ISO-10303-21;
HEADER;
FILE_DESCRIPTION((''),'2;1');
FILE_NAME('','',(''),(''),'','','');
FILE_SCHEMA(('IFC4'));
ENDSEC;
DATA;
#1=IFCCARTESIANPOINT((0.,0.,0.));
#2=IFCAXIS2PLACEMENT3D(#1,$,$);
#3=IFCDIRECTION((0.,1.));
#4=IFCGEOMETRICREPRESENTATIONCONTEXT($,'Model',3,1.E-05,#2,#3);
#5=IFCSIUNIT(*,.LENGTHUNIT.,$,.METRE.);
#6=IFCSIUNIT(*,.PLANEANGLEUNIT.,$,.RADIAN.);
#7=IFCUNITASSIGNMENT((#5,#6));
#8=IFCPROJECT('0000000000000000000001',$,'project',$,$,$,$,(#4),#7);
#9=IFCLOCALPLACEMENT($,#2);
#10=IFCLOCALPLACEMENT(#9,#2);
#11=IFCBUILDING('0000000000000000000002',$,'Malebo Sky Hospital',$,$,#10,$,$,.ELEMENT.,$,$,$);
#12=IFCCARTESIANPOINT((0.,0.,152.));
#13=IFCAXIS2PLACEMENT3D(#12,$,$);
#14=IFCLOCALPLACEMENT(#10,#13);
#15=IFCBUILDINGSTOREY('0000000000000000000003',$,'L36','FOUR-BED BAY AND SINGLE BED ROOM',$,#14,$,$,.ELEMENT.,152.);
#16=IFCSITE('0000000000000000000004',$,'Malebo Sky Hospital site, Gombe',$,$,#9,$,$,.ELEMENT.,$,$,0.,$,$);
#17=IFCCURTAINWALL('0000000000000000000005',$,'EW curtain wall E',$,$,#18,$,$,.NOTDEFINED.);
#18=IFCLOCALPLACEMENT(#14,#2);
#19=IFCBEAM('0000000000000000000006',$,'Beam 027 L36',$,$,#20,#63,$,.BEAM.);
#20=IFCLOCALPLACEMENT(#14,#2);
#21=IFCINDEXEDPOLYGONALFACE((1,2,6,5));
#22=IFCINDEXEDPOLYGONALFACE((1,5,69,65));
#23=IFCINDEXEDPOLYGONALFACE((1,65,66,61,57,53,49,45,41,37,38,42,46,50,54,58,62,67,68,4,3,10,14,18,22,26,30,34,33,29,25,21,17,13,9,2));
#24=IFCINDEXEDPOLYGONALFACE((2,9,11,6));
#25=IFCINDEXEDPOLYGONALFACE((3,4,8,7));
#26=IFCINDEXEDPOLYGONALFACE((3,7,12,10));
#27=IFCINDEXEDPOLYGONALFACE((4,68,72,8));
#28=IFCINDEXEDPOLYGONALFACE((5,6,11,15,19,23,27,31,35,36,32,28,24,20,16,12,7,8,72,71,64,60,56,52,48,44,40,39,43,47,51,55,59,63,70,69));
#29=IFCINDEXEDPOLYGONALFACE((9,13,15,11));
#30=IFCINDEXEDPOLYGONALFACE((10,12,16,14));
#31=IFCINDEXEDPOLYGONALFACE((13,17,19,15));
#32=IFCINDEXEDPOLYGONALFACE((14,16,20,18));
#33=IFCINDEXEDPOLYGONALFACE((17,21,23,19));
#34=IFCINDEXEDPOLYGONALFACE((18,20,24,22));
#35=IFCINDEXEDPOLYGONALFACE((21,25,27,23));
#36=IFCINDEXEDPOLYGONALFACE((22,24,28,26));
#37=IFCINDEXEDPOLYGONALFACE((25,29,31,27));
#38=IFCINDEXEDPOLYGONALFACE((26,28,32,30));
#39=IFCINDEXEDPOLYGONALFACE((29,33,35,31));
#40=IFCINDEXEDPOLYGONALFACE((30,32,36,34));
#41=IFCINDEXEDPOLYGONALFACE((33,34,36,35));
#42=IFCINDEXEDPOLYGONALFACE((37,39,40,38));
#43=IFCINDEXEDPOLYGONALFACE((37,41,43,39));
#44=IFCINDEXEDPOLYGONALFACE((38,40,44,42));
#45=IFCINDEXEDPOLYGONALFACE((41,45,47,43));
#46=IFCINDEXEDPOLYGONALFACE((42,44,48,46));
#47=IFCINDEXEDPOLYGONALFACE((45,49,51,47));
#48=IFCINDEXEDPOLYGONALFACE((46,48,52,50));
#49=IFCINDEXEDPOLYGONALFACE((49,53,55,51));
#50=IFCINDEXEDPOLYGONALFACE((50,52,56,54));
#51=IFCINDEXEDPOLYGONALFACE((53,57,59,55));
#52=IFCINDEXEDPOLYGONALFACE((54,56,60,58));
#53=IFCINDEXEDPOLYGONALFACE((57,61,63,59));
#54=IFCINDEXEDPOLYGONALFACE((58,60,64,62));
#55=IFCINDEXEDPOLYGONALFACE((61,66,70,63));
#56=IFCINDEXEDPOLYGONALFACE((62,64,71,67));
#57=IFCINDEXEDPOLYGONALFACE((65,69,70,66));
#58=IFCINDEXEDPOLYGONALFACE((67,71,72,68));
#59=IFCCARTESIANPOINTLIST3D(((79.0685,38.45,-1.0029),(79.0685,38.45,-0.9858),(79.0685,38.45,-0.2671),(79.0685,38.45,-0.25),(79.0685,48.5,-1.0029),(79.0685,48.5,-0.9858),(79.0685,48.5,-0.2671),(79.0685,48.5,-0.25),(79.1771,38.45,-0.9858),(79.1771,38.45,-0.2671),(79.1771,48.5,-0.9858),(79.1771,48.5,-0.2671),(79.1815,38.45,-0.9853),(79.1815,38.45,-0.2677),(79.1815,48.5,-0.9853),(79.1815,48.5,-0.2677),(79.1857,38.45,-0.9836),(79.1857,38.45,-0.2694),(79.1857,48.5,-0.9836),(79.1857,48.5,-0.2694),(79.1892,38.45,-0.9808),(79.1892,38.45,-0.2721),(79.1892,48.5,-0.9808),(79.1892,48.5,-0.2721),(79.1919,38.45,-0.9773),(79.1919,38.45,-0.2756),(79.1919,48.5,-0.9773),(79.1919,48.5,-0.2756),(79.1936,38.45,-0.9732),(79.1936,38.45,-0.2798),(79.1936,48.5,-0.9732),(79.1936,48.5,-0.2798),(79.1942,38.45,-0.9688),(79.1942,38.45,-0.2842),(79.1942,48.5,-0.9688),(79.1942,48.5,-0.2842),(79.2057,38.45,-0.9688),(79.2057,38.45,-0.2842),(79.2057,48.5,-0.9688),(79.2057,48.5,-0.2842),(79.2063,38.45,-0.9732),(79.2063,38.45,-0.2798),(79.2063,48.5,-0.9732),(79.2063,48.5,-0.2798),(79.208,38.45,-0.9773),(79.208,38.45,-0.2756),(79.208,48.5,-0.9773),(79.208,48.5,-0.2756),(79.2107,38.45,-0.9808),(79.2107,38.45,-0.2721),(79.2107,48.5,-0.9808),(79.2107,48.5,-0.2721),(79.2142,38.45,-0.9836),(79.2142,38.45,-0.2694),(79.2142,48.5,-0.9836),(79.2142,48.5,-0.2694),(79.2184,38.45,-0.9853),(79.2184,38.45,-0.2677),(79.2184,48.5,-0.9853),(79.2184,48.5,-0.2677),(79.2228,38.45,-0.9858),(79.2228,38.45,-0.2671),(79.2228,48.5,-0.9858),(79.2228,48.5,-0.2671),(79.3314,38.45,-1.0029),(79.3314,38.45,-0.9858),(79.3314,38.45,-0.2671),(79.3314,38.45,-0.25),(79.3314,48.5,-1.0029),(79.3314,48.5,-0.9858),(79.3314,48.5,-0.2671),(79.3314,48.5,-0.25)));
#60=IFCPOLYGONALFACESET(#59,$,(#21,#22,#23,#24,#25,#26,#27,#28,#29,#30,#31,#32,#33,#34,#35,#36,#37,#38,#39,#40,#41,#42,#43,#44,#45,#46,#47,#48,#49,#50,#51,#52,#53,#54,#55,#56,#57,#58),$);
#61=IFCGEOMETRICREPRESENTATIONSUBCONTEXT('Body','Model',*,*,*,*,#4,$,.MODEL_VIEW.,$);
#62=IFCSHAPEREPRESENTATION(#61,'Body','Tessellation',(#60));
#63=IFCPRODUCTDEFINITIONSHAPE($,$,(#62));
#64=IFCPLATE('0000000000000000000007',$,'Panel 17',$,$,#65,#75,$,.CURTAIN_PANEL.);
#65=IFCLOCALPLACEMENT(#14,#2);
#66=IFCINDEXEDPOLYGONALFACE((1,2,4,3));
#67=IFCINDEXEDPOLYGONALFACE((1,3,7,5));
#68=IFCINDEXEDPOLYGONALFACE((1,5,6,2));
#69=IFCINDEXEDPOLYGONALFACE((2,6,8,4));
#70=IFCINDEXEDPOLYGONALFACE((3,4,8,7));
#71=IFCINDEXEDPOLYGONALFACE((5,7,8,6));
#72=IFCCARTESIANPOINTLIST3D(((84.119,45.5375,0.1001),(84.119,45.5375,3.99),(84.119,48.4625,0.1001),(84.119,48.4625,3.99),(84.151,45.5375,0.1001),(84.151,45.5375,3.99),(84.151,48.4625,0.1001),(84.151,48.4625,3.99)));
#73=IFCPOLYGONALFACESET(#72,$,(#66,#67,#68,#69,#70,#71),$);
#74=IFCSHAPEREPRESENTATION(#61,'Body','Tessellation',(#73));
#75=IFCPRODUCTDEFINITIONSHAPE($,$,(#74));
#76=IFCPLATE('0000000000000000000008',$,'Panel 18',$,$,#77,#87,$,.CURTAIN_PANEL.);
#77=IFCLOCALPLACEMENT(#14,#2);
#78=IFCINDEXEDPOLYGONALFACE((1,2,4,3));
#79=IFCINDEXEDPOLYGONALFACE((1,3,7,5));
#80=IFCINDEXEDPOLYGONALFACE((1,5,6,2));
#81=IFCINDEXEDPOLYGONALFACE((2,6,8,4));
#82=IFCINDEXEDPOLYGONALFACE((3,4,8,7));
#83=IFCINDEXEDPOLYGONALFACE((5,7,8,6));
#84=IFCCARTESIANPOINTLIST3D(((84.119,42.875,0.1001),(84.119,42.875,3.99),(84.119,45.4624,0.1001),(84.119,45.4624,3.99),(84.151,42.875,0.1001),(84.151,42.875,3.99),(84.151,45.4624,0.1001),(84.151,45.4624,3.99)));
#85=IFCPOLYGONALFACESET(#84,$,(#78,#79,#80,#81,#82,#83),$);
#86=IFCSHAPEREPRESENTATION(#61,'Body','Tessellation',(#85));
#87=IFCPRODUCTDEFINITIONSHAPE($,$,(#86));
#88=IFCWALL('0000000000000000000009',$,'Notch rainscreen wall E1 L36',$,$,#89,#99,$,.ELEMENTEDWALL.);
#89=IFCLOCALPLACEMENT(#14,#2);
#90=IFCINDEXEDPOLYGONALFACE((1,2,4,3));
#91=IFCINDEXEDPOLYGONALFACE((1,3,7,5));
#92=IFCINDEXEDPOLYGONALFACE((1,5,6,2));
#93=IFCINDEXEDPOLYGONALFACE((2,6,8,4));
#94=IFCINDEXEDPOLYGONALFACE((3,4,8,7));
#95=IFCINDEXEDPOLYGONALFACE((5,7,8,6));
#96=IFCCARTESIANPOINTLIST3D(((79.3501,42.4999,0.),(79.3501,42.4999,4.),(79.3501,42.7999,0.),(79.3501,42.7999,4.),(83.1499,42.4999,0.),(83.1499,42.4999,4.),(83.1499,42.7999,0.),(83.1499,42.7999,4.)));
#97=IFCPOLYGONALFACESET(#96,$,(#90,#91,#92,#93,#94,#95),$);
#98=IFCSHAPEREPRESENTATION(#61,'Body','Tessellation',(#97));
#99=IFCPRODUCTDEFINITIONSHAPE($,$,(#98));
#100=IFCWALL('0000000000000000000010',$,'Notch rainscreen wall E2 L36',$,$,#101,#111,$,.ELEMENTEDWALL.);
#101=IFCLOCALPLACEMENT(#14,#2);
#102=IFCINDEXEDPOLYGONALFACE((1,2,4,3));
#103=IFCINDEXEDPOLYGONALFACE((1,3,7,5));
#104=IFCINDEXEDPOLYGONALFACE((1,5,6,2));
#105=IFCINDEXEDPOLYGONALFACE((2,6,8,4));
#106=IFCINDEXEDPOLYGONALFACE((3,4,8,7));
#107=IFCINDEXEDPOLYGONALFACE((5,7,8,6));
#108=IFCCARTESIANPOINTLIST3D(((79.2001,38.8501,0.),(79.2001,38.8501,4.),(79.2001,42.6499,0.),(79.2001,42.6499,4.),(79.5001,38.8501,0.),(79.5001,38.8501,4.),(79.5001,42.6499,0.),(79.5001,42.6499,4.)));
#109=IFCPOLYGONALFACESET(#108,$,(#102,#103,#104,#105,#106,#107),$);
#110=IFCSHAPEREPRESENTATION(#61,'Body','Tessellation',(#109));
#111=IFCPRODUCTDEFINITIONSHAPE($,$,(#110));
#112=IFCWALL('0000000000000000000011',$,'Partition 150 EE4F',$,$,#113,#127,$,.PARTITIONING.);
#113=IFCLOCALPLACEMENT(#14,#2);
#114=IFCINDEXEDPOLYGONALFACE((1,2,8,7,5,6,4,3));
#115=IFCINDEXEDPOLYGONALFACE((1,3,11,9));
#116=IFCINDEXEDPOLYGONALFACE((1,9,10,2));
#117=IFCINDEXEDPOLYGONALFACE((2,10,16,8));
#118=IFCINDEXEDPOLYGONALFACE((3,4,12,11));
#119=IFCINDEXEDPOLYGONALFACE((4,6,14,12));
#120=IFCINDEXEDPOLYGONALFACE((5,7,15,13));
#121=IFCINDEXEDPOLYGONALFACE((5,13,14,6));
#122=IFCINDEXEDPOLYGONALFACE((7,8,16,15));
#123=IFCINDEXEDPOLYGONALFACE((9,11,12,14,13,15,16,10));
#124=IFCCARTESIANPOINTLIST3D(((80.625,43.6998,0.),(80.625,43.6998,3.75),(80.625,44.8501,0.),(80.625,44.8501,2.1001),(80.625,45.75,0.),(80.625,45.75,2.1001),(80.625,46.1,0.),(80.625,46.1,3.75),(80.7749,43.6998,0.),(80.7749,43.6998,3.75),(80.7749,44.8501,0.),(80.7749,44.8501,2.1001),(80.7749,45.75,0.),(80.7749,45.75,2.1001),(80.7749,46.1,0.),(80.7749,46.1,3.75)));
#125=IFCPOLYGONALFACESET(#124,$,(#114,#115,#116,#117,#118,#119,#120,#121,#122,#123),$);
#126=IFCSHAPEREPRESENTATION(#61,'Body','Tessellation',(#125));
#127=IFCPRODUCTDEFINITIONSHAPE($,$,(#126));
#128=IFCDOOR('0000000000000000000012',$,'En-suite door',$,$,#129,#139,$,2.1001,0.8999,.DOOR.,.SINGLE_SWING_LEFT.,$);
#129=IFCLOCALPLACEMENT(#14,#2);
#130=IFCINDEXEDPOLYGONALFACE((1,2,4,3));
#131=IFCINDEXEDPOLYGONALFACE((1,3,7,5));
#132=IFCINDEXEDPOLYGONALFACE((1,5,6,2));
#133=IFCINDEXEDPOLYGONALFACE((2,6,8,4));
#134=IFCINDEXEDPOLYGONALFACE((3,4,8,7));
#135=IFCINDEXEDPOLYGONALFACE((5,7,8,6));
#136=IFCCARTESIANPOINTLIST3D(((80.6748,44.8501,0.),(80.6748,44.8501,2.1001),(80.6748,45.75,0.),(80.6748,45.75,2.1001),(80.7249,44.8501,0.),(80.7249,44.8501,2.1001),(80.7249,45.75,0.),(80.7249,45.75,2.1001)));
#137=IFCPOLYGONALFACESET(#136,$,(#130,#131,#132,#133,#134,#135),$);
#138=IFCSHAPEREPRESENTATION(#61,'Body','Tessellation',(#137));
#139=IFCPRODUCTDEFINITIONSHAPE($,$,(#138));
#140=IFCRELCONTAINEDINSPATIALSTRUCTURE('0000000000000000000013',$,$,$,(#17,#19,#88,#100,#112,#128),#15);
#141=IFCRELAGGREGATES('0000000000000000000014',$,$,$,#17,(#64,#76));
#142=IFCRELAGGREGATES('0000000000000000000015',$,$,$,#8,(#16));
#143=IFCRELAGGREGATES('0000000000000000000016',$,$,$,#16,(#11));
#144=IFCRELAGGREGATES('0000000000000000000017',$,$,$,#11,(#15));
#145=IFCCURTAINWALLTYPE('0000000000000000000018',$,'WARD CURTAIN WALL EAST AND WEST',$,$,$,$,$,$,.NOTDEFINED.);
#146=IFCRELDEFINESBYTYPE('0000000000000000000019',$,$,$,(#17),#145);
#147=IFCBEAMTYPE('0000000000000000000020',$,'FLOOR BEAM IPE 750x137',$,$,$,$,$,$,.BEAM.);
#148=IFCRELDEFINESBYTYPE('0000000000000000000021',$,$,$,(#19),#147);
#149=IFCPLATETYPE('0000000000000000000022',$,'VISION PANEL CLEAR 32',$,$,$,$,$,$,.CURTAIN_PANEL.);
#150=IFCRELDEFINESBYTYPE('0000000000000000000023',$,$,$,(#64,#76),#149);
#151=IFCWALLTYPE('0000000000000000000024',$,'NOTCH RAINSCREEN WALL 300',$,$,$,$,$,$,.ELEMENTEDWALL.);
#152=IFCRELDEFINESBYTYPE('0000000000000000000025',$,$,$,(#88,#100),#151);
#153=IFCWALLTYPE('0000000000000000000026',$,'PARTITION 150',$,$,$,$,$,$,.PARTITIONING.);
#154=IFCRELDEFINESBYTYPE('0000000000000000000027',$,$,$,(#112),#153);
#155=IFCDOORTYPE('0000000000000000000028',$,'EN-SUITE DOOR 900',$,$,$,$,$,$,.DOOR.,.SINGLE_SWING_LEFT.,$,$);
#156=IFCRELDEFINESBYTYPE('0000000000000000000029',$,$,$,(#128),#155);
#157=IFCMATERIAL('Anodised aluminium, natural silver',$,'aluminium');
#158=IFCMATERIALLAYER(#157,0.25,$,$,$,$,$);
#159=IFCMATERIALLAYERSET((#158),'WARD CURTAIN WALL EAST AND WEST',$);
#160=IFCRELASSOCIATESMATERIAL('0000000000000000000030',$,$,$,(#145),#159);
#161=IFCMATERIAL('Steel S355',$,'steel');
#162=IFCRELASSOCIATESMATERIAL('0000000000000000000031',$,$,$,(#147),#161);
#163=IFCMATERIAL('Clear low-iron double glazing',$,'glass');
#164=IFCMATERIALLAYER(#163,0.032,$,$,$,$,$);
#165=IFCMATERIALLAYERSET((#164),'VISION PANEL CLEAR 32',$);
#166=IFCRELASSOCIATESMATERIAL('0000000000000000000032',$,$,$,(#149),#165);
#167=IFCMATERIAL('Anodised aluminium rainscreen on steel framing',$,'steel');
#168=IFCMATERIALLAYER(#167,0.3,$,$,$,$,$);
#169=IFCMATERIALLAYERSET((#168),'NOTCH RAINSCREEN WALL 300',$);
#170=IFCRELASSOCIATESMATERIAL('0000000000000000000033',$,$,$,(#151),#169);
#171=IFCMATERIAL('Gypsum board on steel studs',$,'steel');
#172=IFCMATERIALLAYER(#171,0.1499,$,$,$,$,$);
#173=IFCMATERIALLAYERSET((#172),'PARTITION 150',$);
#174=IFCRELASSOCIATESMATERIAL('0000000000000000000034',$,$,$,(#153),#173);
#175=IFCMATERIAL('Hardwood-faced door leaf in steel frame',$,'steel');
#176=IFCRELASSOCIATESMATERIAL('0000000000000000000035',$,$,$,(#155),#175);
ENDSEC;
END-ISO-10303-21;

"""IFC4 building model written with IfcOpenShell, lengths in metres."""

from ifc_helpers import new_model, si_unit, direction, frame, frame_2d, origin, origin_2d, place, context, subcontext, project, spatial, rectangle, i_section, extrude, material, layer, layer_set, material_profile, profile_set, type_object, element, fill, aggregate, save


model = new_model("IFC4")

# Units and contexts
model_context = context("Model", 3, precision=1e-05, world=origin(), true_north=direction((0.0, 1.0)))
body_context = subcontext(model_context, "Body", "Model", "MODEL_VIEW")
ifc_project = project(units=[si_unit("LENGTHUNIT", "METRE"), si_unit("PLANEANGLEUNIT", "RADIAN")], contexts=[model_context])

# Site, building, storey
site_placement = place(None, origin())
site = spatial("IfcSite", under=ifc_project, at=site_placement, Name="Malebo Sky Hospital site, Gombe", CompositionType="ELEMENT", RefElevation=0.0)
building_placement = place(site_placement, origin())
building = spatial("IfcBuilding", under=site, at=building_placement, Name="Malebo Sky Hospital", CompositionType="ELEMENT")
storey_placement = place(building_placement, frame((0.0, 0.0, 152.0)))
storey = spatial("IfcBuildingStorey", under=building, at=storey_placement, Name="L36", Description="FOUR-BED BAY AND SINGLE BED ROOM", CompositionType="ELEMENT", Elevation=152.0)

# Curtain wall
ifc_material_1 = material(Name="Anodised aluminium, natural silver", Category="aluminium")
ifc_layer_1 = layer(ifc_material_1, 0.25)
ifc_layer_set_1 = layer_set([ifc_layer_1], Name="WARD CURTAIN WALL EAST AND WEST")
curtain_wall_type_1 = type_object("IfcCurtainWallType", Name="WARD CURTAIN WALL EAST AND WEST", PredefinedType="NOTDEFINED", material=ifc_layer_set_1)
curtain_wall_1_placement = place(storey_placement, origin())
curtain_wall_1 = element("IfcCurtainWall", 1, at=curtain_wall_1_placement, inside=storey, type_object=curtain_wall_type_1, Name="EW curtain wall E", PredefinedType="NOTDEFINED")

# Beam
ifc_material_2 = material(Name="Steel S355", Category="steel")
ifc_material_profile_1 = material_profile(ifc_material_2, i_section(OverallWidth=0.2629, OverallDepth=0.7529, WebThickness=0.0115, FlangeThickness=0.0171, FilletRadius=0.0171, at=origin_2d()), Name="IPE 750x137")
ifc_profile_set_1 = profile_set([ifc_material_profile_1], Name="Steel S355")
beam_type_1 = type_object("IfcBeamType", Name="FLOOR BEAM IPE 750x137", PredefinedType="BEAM", material=ifc_profile_set_1)
beam_1_placement = place(storey_placement, frame((79.2, 38.45, -0.6265), z_axis=(0.0, 1.0, 0.0), x_axis=(-1.0, 0.0, 0.0)))
element("IfcBeam", 2, at=beam_1_placement, inside=storey, type_object=beam_type_1, Name="Beam 027 L36", PredefinedType="BEAM", context=body_context, shape_type="SweptSolid", body=[
    extrude(i_section(OverallWidth=0.2629, OverallDepth=0.7529, WebThickness=0.0115, FlangeThickness=0.0171, FilletRadius=0.0171, at=origin_2d()), origin(), (0.0, 0.0, 1.0), 10.05),
])

# Plates
ifc_material_3 = material(Name="Clear low-iron double glazing", Category="glass")
ifc_layer_2 = layer(ifc_material_3, 0.032)
ifc_layer_set_2 = layer_set([ifc_layer_2], Name="VISION PANEL CLEAR 32")
plate_type = type_object("IfcPlateType", Name="VISION PANEL CLEAR 32", PredefinedType="CURTAIN_PANEL", material=ifc_layer_set_2)
plate_1_placement = place(storey_placement, frame((84.135, 47.0, 0.1001), z_axis=(0.0, 0.0, 1.0), x_axis=(0.0, -1.0, 0.0)))
plate_1 = element("IfcPlate", 3, at=plate_1_placement, type_object=plate_type, Name="Panel 17", PredefinedType="CURTAIN_PANEL", context=body_context, shape_type="SweptSolid", body=[
    extrude(rectangle(XDim=2.925, YDim=0.032, at=origin_2d()), origin(), (0.0, 0.0, 1.0), 3.8899),
])
plate_2_placement = place(storey_placement, frame((84.135, 44.1687, 0.1001), z_axis=(0.0, 0.0, 1.0), x_axis=(0.0, -1.0, 0.0)))
plate_2 = element("IfcPlate", 4, at=plate_2_placement, type_object=plate_type, Name="Panel 18", PredefinedType="CURTAIN_PANEL", context=body_context, shape_type="SweptSolid", body=[
    extrude(rectangle(XDim=2.5874, YDim=0.032, at=origin_2d()), origin(), (0.0, 0.0, 1.0), 3.8899),
])
aggregate(curtain_wall_1, [plate_1, plate_2])

# Walls
ifc_material_4 = material(Name="Anodised aluminium rainscreen on steel framing", Category="steel")
ifc_layer_3 = layer(ifc_material_4, 0.3)
ifc_layer_set_3 = layer_set([ifc_layer_3], Name="NOTCH RAINSCREEN WALL 300")
wall_type_1 = type_object("IfcWallType", Name="NOTCH RAINSCREEN WALL 300", PredefinedType="ELEMENTEDWALL", material=ifc_layer_set_3)
for number, where, z_axis, x_axis, name in (
    (5, (83.1499, 42.6499, 0.0), (0.0, 0.0, 1.0), (-1.0, 0.0, 0.0), "Notch rainscreen wall E1 L36"),
    (6, (79.3501, 42.6499, 0.0), (0.0, 0.0, 1.0), (0.0, -1.0, 0.0), "Notch rainscreen wall E2 L36"),
):
    element("IfcWall", number, at=place(storey_placement, frame(where, z_axis=z_axis, x_axis=x_axis)), inside=storey, type_object=wall_type_1, Name=name, PredefinedType="ELEMENTEDWALL", context=body_context, shape_type="SweptSolid", body=[
        extrude(rectangle(XDim=3.7998, YDim=0.3, at=frame_2d((1.8999, 0.0))), origin(), (0.0, 0.0, 1.0), 4.0),
    ])

# Wall, opening, door
ifc_material_5 = material(Name="Gypsum board on steel studs", Category="steel")
ifc_layer_4 = layer(ifc_material_5, 0.1499)
ifc_layer_set_4 = layer_set([ifc_layer_4], Name="PARTITION 150")
wall_type_2 = type_object("IfcWallType", Name="PARTITION 150", PredefinedType="PARTITIONING", material=ifc_layer_set_4)
wall_placement = place(storey_placement, frame((80.7, 46.1001, 0.0), z_axis=(0.0, 0.0, 1.0), x_axis=(0.0, -1.0, 0.0)))
wall = element("IfcWall", 7, at=wall_placement, inside=storey, type_object=wall_type_2, Name="Partition 150 EE4F", PredefinedType="PARTITIONING", context=body_context, shape_type="SweptSolid", body=[
    extrude(rectangle(XDim=2.4001, YDim=0.1499, at=frame_2d((1.2002, 0.0))), origin(), (0.0, 0.0, 1.0), 3.75),
])
opening_placement = place(wall_placement, frame((0.3501, 0.0, 0.0)))
opening = element("IfcOpeningElement", 8, at=opening_placement, cuts=wall, PredefinedType="OPENING", context=body_context, shape_type="SweptSolid", body=[
    extrude(rectangle(XDim=0.8999, YDim=2.1001, at=frame_2d((0.45, 1.05))), frame((0.0, 0.085, 0.0), z_axis=(0.0, -1.0, 0.0), x_axis=(1.0, 0.0, 0.0)), (0.0, 0.0, 1.0), 0.1699),
])
ifc_material_6 = material(Name="Hardwood-faced door leaf in steel frame", Category="steel")
door_type = type_object("IfcDoorType", Name="EN-SUITE DOOR 900", OperationType="SINGLE_SWING_LEFT", PredefinedType="DOOR", material=ifc_material_6)
door_placement = place(opening_placement, origin())
door = element("IfcDoor", 9, at=door_placement, inside=storey, type_object=door_type, Name="En-suite door", OperationType="SINGLE_SWING_LEFT", OverallHeight=2.1001, OverallWidth=0.8999, PredefinedType="DOOR", context=body_context, shape_type="SweptSolid", body=[
    extrude(rectangle(XDim=0.8999, YDim=2.1001, at=frame_2d((0.45, 1.05))), frame((0.0, 0.0249, 0.0), z_axis=(0.0, -1.0, 0.0), x_axis=(1.0, 0.0, 0.0)), (0.0, 0.0, 1.0), 0.05),
])
fill(opening, door)

save(model, "model.ifc")
